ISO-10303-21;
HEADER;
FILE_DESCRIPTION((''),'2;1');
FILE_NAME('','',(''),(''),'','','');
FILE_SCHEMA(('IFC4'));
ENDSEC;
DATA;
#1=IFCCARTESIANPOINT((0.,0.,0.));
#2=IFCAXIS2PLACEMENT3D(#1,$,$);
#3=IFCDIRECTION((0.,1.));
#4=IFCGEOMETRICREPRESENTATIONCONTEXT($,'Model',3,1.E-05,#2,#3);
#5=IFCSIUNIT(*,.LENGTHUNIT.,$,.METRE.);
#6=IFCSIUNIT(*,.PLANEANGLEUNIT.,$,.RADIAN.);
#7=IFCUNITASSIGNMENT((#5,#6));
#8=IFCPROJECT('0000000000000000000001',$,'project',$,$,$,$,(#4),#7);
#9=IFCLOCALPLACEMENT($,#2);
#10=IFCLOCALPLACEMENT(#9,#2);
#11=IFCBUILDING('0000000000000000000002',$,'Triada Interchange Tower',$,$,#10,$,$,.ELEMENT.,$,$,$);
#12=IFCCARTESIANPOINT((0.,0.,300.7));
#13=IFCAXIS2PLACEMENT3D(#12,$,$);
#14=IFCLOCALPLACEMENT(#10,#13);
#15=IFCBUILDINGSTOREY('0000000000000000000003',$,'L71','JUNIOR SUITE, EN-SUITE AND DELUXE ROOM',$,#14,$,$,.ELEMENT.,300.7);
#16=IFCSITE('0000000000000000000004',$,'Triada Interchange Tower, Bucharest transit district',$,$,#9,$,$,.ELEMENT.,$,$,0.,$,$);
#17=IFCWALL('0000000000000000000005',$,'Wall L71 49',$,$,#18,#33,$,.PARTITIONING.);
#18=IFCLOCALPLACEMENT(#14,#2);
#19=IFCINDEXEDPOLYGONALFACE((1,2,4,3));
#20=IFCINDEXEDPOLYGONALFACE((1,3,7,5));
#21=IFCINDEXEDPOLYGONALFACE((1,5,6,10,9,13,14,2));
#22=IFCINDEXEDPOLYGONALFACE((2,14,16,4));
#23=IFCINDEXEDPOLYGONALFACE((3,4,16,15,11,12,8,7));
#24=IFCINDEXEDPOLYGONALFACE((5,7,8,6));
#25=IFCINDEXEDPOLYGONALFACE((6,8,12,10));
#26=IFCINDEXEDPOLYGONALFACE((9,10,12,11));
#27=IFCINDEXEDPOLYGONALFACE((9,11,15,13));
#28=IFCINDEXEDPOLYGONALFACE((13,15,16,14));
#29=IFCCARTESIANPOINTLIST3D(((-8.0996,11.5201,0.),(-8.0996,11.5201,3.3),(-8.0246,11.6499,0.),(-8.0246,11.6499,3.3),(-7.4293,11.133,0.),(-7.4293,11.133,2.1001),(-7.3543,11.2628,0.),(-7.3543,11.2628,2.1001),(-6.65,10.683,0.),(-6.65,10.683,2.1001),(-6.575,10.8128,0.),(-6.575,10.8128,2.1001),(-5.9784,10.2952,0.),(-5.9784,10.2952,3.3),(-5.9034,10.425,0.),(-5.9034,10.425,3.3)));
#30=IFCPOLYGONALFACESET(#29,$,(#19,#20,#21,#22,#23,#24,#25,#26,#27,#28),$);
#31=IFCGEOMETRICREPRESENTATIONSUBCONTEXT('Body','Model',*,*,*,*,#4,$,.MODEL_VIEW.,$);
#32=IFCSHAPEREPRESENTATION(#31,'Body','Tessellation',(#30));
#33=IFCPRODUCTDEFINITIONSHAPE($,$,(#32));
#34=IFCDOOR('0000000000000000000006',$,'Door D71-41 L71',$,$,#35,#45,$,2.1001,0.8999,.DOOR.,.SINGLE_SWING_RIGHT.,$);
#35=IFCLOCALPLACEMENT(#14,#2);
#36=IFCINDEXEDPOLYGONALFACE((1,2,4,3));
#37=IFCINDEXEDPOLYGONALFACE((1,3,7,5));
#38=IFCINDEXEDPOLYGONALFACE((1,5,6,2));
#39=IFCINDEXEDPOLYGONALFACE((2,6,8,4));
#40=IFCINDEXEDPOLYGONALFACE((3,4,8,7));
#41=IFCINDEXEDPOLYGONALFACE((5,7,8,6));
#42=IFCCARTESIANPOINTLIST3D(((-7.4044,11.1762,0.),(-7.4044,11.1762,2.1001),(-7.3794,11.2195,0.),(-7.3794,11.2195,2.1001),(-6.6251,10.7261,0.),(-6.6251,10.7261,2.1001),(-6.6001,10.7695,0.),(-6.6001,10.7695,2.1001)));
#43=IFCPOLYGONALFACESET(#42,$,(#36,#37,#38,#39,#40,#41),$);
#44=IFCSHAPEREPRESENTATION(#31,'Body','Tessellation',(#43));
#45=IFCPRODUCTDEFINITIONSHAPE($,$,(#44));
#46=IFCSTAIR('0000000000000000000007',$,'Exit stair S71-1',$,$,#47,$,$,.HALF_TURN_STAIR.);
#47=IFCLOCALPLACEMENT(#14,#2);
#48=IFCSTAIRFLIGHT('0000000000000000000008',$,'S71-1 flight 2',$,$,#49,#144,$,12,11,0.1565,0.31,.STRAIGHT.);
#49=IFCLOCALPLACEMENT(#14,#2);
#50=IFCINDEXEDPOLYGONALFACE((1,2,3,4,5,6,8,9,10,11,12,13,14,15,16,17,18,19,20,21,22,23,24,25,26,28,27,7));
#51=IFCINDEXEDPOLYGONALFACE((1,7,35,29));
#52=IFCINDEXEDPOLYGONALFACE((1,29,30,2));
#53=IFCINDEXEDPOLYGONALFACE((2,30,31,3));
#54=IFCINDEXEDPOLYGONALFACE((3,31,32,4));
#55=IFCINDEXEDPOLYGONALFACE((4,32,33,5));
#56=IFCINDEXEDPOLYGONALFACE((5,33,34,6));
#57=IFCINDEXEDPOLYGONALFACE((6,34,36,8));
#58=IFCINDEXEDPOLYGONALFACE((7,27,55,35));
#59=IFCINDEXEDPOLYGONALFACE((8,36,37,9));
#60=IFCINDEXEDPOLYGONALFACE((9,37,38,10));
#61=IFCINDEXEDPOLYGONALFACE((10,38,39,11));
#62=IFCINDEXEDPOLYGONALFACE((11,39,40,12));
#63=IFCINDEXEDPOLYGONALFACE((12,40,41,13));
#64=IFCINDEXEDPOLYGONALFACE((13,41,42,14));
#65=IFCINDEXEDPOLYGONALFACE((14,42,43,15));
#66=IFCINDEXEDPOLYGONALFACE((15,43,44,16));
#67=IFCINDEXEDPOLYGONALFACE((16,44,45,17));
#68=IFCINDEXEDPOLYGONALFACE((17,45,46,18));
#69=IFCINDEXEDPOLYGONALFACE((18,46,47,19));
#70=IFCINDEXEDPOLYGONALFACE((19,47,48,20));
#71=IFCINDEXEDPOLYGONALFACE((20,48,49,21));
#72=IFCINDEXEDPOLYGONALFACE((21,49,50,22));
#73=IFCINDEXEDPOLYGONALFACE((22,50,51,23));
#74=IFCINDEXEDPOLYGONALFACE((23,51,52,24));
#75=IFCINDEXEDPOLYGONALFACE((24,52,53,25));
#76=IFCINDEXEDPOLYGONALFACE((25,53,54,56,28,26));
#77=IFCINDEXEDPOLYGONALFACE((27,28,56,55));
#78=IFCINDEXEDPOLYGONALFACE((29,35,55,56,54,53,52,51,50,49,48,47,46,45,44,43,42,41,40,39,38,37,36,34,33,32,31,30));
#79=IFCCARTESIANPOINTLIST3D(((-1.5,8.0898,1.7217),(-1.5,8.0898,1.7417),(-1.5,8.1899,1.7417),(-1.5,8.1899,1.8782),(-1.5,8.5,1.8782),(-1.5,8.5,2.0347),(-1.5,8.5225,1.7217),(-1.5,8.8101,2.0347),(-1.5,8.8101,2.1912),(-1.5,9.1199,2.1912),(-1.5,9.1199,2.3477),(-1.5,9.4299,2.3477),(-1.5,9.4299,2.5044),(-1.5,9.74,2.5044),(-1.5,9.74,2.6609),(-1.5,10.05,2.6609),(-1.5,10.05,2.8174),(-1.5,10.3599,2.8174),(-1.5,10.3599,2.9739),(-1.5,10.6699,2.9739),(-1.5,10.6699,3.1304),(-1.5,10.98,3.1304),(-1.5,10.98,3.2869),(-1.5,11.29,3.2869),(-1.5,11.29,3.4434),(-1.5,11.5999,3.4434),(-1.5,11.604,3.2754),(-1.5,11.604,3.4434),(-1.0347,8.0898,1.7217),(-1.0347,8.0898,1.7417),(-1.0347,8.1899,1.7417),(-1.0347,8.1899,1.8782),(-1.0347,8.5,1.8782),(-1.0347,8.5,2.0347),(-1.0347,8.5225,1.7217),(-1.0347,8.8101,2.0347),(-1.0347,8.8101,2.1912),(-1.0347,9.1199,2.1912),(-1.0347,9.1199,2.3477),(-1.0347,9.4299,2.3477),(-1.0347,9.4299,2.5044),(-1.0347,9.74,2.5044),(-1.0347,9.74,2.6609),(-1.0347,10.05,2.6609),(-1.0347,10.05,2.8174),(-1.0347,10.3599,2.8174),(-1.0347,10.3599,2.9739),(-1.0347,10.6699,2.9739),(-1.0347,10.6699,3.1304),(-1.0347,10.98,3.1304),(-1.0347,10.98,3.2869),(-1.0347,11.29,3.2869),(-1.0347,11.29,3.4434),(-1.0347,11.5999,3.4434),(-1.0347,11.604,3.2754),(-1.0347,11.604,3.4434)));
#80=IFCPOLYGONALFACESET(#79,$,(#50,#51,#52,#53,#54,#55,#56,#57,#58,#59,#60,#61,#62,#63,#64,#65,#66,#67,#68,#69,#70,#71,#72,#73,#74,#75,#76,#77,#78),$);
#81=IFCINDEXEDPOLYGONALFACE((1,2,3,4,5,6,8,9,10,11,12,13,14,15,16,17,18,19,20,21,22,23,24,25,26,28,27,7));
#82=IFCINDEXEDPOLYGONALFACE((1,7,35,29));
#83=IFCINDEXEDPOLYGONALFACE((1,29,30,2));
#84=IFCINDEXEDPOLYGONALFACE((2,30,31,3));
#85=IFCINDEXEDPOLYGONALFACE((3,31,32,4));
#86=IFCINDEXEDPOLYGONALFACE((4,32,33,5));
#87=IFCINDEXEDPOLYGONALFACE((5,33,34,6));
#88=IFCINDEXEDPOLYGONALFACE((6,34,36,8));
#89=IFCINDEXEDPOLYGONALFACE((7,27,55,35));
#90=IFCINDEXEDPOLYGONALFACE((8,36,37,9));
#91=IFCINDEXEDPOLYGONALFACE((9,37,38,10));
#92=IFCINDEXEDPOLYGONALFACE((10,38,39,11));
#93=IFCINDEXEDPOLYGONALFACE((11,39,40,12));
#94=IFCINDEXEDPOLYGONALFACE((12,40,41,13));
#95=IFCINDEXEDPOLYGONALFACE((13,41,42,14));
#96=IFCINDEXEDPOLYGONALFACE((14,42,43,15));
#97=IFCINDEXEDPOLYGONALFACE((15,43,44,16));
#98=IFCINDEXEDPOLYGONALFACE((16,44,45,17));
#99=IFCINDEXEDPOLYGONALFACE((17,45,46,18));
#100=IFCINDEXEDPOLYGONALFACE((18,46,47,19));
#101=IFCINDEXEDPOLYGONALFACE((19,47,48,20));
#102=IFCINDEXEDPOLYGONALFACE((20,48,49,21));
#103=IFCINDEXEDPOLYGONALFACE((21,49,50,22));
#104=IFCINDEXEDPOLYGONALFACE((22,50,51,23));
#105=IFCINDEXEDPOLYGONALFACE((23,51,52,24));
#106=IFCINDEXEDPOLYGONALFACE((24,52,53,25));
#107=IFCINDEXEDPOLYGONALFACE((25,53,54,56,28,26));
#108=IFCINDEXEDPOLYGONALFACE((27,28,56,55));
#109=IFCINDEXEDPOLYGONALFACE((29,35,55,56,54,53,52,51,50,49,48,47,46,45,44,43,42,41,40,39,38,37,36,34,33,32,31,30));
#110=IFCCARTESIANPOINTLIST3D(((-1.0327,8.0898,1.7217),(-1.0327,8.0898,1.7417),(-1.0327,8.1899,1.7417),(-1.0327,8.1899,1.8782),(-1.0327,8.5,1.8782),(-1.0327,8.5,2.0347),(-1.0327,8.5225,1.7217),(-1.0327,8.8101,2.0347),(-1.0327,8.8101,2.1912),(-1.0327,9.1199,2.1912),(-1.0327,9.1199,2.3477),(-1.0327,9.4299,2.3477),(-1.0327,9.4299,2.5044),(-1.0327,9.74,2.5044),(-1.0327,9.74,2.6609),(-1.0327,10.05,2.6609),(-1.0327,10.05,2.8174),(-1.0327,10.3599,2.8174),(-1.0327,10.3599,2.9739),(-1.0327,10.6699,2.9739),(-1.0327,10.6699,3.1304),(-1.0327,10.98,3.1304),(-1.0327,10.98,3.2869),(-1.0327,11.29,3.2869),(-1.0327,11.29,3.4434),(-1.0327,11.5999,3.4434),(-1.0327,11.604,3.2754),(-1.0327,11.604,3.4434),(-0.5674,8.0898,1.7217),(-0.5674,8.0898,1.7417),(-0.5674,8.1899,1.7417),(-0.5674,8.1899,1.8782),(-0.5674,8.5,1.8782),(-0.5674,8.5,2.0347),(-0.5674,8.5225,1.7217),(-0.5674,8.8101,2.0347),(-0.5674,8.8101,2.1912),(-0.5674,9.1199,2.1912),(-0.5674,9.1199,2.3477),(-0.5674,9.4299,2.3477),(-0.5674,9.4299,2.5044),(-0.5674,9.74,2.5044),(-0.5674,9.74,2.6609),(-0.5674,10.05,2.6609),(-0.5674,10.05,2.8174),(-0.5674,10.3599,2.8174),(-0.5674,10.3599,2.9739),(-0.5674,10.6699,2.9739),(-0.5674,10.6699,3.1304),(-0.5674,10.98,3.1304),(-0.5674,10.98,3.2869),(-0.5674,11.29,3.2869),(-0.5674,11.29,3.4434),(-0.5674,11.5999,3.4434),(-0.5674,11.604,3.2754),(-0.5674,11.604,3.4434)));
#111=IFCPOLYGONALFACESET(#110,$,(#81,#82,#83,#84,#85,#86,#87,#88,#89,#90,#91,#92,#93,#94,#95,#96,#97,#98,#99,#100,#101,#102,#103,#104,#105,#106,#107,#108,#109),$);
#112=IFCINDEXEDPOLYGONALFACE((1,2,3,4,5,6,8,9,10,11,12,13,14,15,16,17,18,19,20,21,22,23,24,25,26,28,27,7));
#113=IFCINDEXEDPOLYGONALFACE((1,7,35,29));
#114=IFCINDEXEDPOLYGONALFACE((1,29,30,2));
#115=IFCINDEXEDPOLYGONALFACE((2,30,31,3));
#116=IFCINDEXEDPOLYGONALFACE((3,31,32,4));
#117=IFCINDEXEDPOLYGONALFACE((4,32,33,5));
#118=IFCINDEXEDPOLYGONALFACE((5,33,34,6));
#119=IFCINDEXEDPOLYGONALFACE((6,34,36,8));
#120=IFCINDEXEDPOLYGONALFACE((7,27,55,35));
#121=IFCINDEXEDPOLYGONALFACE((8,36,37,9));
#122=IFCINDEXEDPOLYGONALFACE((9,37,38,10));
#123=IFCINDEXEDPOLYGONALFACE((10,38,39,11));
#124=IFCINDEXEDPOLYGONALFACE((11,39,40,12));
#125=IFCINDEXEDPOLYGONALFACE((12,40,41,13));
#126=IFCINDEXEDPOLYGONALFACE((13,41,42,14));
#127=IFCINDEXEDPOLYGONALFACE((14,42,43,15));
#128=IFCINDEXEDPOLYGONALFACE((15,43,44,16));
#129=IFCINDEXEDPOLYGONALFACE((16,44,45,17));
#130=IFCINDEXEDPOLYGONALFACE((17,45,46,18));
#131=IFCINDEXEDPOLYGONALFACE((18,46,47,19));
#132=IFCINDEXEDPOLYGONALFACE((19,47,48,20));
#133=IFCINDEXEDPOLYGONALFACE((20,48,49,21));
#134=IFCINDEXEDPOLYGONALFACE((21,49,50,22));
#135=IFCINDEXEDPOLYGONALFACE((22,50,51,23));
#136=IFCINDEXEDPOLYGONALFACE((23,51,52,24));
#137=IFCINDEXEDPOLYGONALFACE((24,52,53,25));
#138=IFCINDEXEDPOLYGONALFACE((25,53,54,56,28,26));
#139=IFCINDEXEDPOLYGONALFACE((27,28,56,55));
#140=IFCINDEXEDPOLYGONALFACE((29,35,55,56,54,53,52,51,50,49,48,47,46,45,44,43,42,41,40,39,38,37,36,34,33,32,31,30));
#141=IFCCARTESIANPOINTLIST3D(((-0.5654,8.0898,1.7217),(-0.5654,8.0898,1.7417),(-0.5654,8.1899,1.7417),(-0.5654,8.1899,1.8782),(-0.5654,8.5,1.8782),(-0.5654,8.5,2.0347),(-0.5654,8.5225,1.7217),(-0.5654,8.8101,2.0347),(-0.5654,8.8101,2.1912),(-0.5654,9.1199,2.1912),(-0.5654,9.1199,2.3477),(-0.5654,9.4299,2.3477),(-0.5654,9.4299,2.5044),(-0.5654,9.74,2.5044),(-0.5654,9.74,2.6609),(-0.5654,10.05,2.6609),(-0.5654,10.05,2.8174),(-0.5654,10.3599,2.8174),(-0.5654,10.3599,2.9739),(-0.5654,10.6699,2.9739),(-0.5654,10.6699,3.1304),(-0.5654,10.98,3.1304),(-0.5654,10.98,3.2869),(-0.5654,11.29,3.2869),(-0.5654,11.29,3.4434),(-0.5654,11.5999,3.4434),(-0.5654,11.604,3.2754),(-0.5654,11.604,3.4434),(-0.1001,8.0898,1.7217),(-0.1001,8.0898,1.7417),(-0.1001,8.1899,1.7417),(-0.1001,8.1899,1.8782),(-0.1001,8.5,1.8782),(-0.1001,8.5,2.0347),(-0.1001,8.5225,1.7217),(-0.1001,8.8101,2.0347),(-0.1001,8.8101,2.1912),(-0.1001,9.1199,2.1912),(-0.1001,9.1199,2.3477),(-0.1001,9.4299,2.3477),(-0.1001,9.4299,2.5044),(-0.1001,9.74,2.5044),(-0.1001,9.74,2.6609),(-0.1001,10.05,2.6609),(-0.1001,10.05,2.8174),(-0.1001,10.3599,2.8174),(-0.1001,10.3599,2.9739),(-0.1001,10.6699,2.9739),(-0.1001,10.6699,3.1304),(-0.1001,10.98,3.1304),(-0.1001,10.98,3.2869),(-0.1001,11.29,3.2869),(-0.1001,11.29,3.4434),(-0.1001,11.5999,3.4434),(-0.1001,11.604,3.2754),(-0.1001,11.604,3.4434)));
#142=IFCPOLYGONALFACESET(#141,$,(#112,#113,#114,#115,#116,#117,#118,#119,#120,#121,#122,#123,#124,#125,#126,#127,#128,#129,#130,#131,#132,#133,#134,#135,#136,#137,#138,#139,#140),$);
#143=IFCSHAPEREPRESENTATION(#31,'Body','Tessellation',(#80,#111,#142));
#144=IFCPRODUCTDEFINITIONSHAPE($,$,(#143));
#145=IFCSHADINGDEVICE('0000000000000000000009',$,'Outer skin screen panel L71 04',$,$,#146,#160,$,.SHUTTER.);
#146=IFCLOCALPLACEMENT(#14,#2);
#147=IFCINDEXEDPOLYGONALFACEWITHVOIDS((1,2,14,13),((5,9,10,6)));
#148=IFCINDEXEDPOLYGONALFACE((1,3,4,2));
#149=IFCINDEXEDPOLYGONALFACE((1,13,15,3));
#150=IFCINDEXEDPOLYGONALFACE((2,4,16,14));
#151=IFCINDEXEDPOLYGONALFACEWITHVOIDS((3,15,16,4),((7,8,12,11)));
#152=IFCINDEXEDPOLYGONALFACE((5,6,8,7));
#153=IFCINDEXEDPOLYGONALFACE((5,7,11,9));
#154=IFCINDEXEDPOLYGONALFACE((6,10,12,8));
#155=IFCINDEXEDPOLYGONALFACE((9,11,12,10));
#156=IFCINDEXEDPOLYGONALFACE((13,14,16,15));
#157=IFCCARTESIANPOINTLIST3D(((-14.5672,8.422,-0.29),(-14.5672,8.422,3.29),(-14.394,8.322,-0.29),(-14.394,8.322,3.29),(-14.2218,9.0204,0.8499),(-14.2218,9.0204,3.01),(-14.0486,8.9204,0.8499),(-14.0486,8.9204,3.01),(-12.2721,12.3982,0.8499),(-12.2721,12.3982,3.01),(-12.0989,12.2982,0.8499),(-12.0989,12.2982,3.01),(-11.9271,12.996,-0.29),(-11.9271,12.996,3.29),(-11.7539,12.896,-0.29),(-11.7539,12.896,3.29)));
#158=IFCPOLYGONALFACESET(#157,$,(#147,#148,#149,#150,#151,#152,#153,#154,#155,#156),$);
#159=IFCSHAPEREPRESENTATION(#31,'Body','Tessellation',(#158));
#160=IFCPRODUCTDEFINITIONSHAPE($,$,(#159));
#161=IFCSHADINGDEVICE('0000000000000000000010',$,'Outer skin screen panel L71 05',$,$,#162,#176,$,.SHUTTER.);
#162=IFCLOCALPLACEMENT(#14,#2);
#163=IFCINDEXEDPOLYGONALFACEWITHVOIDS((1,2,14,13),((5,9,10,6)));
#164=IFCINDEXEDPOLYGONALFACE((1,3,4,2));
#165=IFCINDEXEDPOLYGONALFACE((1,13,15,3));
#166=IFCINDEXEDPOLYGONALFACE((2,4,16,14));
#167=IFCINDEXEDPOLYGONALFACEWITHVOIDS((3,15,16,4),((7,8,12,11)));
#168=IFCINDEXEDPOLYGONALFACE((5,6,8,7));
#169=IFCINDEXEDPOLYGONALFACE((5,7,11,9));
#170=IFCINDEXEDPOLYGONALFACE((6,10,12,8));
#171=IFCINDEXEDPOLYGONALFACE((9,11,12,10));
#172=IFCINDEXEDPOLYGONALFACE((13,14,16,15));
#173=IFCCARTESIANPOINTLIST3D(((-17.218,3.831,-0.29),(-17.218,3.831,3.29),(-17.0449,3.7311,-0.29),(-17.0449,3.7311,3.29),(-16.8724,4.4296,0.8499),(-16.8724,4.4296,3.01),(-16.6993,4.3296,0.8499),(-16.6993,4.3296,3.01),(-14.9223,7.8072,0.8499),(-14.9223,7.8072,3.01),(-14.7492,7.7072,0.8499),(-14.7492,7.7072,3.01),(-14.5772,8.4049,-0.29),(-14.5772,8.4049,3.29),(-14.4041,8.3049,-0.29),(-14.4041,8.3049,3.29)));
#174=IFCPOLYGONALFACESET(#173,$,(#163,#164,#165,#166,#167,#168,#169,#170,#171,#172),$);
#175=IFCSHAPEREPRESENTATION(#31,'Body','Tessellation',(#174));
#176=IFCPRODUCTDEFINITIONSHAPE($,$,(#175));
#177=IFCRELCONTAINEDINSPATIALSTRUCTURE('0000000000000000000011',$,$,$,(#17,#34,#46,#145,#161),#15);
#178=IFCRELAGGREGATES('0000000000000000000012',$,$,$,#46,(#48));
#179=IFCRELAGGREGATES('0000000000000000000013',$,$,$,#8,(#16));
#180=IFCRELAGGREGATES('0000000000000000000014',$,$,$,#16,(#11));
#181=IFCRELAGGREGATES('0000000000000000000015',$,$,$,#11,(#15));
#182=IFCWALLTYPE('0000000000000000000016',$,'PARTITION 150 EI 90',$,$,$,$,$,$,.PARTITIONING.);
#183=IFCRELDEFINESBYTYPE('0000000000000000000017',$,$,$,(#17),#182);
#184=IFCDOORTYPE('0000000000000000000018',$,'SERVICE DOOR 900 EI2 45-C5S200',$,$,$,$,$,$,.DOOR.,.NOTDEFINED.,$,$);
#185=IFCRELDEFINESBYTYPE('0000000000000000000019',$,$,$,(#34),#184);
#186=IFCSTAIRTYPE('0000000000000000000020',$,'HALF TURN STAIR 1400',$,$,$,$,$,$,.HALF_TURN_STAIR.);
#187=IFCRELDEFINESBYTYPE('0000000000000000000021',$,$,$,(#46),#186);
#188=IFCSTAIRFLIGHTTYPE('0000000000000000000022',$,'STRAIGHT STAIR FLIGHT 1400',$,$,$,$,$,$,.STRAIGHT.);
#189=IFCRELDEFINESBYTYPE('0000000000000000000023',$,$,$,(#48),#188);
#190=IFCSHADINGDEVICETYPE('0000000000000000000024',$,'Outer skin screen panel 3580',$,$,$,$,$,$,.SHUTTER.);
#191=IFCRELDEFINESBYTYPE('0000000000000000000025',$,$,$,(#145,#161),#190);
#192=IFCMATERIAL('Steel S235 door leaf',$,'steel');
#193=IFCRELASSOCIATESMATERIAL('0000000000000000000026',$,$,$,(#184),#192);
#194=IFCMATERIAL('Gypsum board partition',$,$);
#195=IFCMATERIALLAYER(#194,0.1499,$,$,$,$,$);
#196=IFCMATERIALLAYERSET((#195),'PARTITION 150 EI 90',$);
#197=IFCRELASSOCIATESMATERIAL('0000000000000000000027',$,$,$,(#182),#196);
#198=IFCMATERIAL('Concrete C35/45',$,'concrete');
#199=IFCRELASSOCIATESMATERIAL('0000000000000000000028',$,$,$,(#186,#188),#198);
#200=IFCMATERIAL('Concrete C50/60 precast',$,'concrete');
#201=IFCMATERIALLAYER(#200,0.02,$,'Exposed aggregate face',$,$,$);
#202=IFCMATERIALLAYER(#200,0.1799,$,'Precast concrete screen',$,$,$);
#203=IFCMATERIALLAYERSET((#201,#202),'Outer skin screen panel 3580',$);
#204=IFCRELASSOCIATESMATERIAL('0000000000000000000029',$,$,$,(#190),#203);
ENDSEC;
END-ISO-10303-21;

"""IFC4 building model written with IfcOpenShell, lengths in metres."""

from ifc_helpers import new_model, si_unit, direction, frame, frame_2d, origin, place, context, subcontext, project, spatial, polyline, rectangle, outline, extrude, material, layer, layer_set, type_object, element, fill, aggregate, save


model = new_model("IFC4")

# Units and contexts
model_context = context("Model", 3, precision=1e-05, world=origin(), true_north=direction((0.0, 1.0)))
body_context = subcontext(model_context, "Body", "Model", "MODEL_VIEW")
ifc_project = project(units=[si_unit("LENGTHUNIT", "METRE"), si_unit("PLANEANGLEUNIT", "RADIAN")], contexts=[model_context])

# Site, building, storey
site_placement = place(None, origin())
site = spatial("IfcSite", under=ifc_project, at=site_placement, Name="Triada Interchange Tower, Bucharest transit district", CompositionType="ELEMENT", RefElevation=0.0)
building_placement = place(site_placement, origin())
building = spatial("IfcBuilding", under=site, at=building_placement, Name="Triada Interchange Tower", CompositionType="ELEMENT")
storey_placement = place(building_placement, frame((0.0, 0.0, 300.7)))
storey = spatial("IfcBuildingStorey", under=building, at=storey_placement, Name="L71", Description="JUNIOR SUITE, EN-SUITE AND DELUXE ROOM", CompositionType="ELEMENT", Elevation=300.7)

# Shared definitions
ifc_material_1 = material(Name="Steel S235 door leaf", Category="steel")
door_type_1 = type_object("IfcDoorType", Name="SERVICE DOOR 900 EI2 45-C5S200", OperationType="NOTDEFINED", PredefinedType="DOOR", material=ifc_material_1)

# Shared definitions
ifc_material_2 = material(Name="Gypsum board partition")

# Shared definitions
ifc_layer_1 = layer(ifc_material_2, 0.1499)
ifc_layer_set_1 = layer_set([ifc_layer_1], Name="PARTITION 150 EI 90")
wall_type_1 = type_object("IfcWallType", Name="PARTITION 150 EI 90", PredefinedType="PARTITIONING", material=ifc_layer_set_1)

# Wall, opening, door
wall_1_placement = place(storey_placement, frame((-8.062, 11.585, 0.0), z_axis=(0.0, 0.0, 1.0), x_axis=(0.865983, -0.500073, 0.0)))
wall_1 = element("IfcWall", 1, at=wall_1_placement, inside=storey, type_object=wall_type_1, Name="Wall L71 49", PredefinedType="PARTITIONING", context=body_context, shape_type="SweptSolid", body=[
    extrude(rectangle(XDim=2.4495, YDim=0.1499, at=frame_2d((1.2246, 0.0))), origin(), (0.0, 0.0, 1.0), 3.3),
])
opening_1_placement = place(wall_1_placement, frame((0.7739, 0.0, 0.0)))
opening_1 = element("IfcOpeningElement", 2, at=opening_1_placement, cuts=wall_1, PredefinedType="OPENING", context=body_context, shape_type="SweptSolid", body=[
    extrude(rectangle(XDim=0.8999, YDim=2.1001, at=frame_2d((0.45, 1.05))), frame((0.0, 0.085, 0.0), z_axis=(0.0, -1.0, 0.0), x_axis=(1.0, 0.0, 0.0)), (0.0, 0.0, 1.0), 0.1699),
])
door_1_placement = place(opening_1_placement, origin())
door_1 = element("IfcDoor", 3, at=door_1_placement, inside=storey, type_object=door_type_1, Name="Door D71-41 L71", OperationType="SINGLE_SWING_RIGHT", OverallHeight=2.1001, OverallWidth=0.8999, PredefinedType="DOOR", context=body_context, shape_type="SweptSolid", body=[
    extrude(rectangle(XDim=0.8999, YDim=2.1001, at=frame_2d((0.45, 1.05))), frame((0.0, 0.0249, 0.0), z_axis=(0.0, -1.0, 0.0), x_axis=(1.0, 0.0, 0.0)), (0.0, 0.0, 1.0), 0.05),
])
fill(opening_1, door_1)

# Stair, stair flight
ifc_material_3 = material(Name="Concrete C35/45", Category="concrete")
stair_type = type_object("IfcStairType", Name="HALF TURN STAIR 1400", PredefinedType="HALF_TURN_STAIR", material=ifc_material_3)
stair_placement = place(storey_placement, origin())
stair = element("IfcStair", 4, at=stair_placement, inside=storey, type_object=stair_type, Name="Exit stair S71-1", PredefinedType="HALF_TURN_STAIR")
stair_flight_type = type_object("IfcStairFlightType", Name="STRAIGHT STAIR FLIGHT 1400", PredefinedType="STRAIGHT", material=ifc_material_3)
stair_flight_placement = place(storey_placement, frame((-0.8, 8.1899, 1.7217), z_axis=(0.0, 0.0, 1.0), x_axis=(0.0, 1.0, 0.0)))
stair_flight = element("IfcStairFlight", 5, at=stair_flight_placement, type_object=stair_flight_type, Name="S71-1 flight 2", NumberOfRisers=12, NumberOfTreads=11, PredefinedType="STRAIGHT", RiserHeight=0.1565, TreadLength=0.31, context=body_context, shape_type="SweptSolid", body=[
    extrude(outline(polyline([(-0.1001, 0.0), (-0.1001, 0.02), (0.0, 0.02), (0.0, 0.1565), (0.3101, 0.1565), (0.3101, 0.313), (0.6201, 0.313), (0.6201, 0.4695), (0.9299, 0.4695), (0.9299, 0.626), (1.24, 0.626), (1.24, 0.7827), (1.55, 0.7827), (1.55, 0.9392), (1.8601, 0.9392), (1.8601, 1.0957), (2.1699, 1.0957), (2.1699, 1.2522), (2.48, 1.2522), (2.48, 1.4087), (2.79, 1.4087), (2.79, 1.5652), (3.1001, 1.5652), (3.1001, 1.7217), (3.4099, 1.7217), (3.4141, 1.7217), (3.4141, 1.8782), (3.4141, 1.5537), (0.3325, 0.0), (-0.1001, 0.0)])), frame((0.0, 0.7, 0.0), z_axis=(0.0, -1.0, 0.0), x_axis=(1.0, 0.0, 0.0)), (0.0, 0.0, 1.0), 0.4653),
    extrude(outline(polyline([(-0.1001, 0.0), (-0.1001, 0.02), (0.0, 0.02), (0.0, 0.1565), (0.3101, 0.1565), (0.3101, 0.313), (0.6201, 0.313), (0.6201, 0.4695), (0.9299, 0.4695), (0.9299, 0.626), (1.24, 0.626), (1.24, 0.7827), (1.55, 0.7827), (1.55, 0.9392), (1.8601, 0.9392), (1.8601, 1.0957), (2.1699, 1.0957), (2.1699, 1.2522), (2.48, 1.2522), (2.48, 1.4087), (2.79, 1.4087), (2.79, 1.5652), (3.1001, 1.5652), (3.1001, 1.7217), (3.4099, 1.7217), (3.4141, 1.7217), (3.4141, 1.8782), (3.4141, 1.5537), (0.3325, 0.0), (-0.1001, 0.0)])), frame((0.0, 0.2327, 0.0), z_axis=(0.0, -1.0, 0.0), x_axis=(1.0, 0.0, 0.0)), (0.0, 0.0, 1.0), 0.4653),
    extrude(outline(polyline([(-0.1001, 0.0), (-0.1001, 0.02), (0.0, 0.02), (0.0, 0.1565), (0.3101, 0.1565), (0.3101, 0.313), (0.6201, 0.313), (0.6201, 0.4695), (0.9299, 0.4695), (0.9299, 0.626), (1.24, 0.626), (1.24, 0.7827), (1.55, 0.7827), (1.55, 0.9392), (1.8601, 0.9392), (1.8601, 1.0957), (2.1699, 1.0957), (2.1699, 1.2522), (2.48, 1.2522), (2.48, 1.4087), (2.79, 1.4087), (2.79, 1.5652), (3.1001, 1.5652), (3.1001, 1.7217), (3.4099, 1.7217), (3.4141, 1.7217), (3.4141, 1.8782), (3.4141, 1.5537), (0.3325, 0.0), (-0.1001, 0.0)])), frame((0.0, -0.2346, 0.0), z_axis=(0.0, -1.0, 0.0), x_axis=(1.0, 0.0, 0.0)), (0.0, 0.0, 1.0), 0.4653),
])

# Shading devices
ifc_material_4 = material(Name="Concrete C50/60 precast", Category="concrete")
ifc_layer_2 = layer(ifc_material_4, 0.02, Name="Exposed aggregate face")
ifc_layer_3 = layer(ifc_material_4, 0.1799, Name="Precast concrete screen")
ifc_layer_set_2 = layer_set([ifc_layer_2, ifc_layer_3], Name="Outer skin screen panel 3580")
shading_device_type = type_object("IfcShadingDeviceType", Name="Outer skin screen panel 3580", PredefinedType="SHUTTER", material=ifc_layer_set_2)
shading_device_1_placement = place(storey_placement, frame((-11.7539, 12.896, -0.29), z_axis=(0.0, 0.0, 1.0), x_axis=(-0.499908, -0.866079, 0.0)))
element("IfcShadingDevice", 6, at=shading_device_1_placement, inside=storey, type_object=shading_device_type, Name="Outer skin screen panel L71 04", PredefinedType="SHUTTER", context=body_context, shape_type="SweptSolid", body=[
    extrude(outline(polyline([(0.0, 0.0), (5.2812, 0.0), (5.2812, 3.5801), (0.0, 3.5801), (0.0, 0.0)]), holes=[polyline([(0.6902, 1.1399), (0.6902, 3.3), (4.5903, 3.3), (4.5903, 1.1399), (0.6902, 1.1399)])]), frame((0.0, 0.0, 0.0), z_axis=(0.0, -1.0, 0.0), x_axis=(1.0, 0.0, 0.0)), (0.0, 0.0, 1.0), 0.2),
])
shading_device_2_placement = place(storey_placement, frame((-14.4041, 8.3049, -0.29), z_axis=(0.0, 0.0, 1.0), x_axis=(-0.500012, -0.866019, 0.0)))
element("IfcShadingDevice", 7, at=shading_device_2_placement, inside=storey, type_object=shading_device_type, Name="Outer skin screen panel L71 05", PredefinedType="SHUTTER", context=body_context, shape_type="SweptSolid", body=[
    extrude(outline(polyline([(0.0, 0.0), (5.2815, 0.0), (5.2815, 3.5801), (0.0, 3.5801), (0.0, 0.0)]), holes=[polyline([(0.6902, 1.1399), (0.6902, 3.3), (4.5903, 3.3), (4.5903, 1.1399), (0.6902, 1.1399)])]), frame((0.0, 0.0, 0.0), z_axis=(0.0, -1.0, 0.0), x_axis=(1.0, 0.0, 0.0)), (0.0, 0.0, 1.0), 0.2),
])

aggregate(stair, [stair_flight])

save(model, "model.ifc")
